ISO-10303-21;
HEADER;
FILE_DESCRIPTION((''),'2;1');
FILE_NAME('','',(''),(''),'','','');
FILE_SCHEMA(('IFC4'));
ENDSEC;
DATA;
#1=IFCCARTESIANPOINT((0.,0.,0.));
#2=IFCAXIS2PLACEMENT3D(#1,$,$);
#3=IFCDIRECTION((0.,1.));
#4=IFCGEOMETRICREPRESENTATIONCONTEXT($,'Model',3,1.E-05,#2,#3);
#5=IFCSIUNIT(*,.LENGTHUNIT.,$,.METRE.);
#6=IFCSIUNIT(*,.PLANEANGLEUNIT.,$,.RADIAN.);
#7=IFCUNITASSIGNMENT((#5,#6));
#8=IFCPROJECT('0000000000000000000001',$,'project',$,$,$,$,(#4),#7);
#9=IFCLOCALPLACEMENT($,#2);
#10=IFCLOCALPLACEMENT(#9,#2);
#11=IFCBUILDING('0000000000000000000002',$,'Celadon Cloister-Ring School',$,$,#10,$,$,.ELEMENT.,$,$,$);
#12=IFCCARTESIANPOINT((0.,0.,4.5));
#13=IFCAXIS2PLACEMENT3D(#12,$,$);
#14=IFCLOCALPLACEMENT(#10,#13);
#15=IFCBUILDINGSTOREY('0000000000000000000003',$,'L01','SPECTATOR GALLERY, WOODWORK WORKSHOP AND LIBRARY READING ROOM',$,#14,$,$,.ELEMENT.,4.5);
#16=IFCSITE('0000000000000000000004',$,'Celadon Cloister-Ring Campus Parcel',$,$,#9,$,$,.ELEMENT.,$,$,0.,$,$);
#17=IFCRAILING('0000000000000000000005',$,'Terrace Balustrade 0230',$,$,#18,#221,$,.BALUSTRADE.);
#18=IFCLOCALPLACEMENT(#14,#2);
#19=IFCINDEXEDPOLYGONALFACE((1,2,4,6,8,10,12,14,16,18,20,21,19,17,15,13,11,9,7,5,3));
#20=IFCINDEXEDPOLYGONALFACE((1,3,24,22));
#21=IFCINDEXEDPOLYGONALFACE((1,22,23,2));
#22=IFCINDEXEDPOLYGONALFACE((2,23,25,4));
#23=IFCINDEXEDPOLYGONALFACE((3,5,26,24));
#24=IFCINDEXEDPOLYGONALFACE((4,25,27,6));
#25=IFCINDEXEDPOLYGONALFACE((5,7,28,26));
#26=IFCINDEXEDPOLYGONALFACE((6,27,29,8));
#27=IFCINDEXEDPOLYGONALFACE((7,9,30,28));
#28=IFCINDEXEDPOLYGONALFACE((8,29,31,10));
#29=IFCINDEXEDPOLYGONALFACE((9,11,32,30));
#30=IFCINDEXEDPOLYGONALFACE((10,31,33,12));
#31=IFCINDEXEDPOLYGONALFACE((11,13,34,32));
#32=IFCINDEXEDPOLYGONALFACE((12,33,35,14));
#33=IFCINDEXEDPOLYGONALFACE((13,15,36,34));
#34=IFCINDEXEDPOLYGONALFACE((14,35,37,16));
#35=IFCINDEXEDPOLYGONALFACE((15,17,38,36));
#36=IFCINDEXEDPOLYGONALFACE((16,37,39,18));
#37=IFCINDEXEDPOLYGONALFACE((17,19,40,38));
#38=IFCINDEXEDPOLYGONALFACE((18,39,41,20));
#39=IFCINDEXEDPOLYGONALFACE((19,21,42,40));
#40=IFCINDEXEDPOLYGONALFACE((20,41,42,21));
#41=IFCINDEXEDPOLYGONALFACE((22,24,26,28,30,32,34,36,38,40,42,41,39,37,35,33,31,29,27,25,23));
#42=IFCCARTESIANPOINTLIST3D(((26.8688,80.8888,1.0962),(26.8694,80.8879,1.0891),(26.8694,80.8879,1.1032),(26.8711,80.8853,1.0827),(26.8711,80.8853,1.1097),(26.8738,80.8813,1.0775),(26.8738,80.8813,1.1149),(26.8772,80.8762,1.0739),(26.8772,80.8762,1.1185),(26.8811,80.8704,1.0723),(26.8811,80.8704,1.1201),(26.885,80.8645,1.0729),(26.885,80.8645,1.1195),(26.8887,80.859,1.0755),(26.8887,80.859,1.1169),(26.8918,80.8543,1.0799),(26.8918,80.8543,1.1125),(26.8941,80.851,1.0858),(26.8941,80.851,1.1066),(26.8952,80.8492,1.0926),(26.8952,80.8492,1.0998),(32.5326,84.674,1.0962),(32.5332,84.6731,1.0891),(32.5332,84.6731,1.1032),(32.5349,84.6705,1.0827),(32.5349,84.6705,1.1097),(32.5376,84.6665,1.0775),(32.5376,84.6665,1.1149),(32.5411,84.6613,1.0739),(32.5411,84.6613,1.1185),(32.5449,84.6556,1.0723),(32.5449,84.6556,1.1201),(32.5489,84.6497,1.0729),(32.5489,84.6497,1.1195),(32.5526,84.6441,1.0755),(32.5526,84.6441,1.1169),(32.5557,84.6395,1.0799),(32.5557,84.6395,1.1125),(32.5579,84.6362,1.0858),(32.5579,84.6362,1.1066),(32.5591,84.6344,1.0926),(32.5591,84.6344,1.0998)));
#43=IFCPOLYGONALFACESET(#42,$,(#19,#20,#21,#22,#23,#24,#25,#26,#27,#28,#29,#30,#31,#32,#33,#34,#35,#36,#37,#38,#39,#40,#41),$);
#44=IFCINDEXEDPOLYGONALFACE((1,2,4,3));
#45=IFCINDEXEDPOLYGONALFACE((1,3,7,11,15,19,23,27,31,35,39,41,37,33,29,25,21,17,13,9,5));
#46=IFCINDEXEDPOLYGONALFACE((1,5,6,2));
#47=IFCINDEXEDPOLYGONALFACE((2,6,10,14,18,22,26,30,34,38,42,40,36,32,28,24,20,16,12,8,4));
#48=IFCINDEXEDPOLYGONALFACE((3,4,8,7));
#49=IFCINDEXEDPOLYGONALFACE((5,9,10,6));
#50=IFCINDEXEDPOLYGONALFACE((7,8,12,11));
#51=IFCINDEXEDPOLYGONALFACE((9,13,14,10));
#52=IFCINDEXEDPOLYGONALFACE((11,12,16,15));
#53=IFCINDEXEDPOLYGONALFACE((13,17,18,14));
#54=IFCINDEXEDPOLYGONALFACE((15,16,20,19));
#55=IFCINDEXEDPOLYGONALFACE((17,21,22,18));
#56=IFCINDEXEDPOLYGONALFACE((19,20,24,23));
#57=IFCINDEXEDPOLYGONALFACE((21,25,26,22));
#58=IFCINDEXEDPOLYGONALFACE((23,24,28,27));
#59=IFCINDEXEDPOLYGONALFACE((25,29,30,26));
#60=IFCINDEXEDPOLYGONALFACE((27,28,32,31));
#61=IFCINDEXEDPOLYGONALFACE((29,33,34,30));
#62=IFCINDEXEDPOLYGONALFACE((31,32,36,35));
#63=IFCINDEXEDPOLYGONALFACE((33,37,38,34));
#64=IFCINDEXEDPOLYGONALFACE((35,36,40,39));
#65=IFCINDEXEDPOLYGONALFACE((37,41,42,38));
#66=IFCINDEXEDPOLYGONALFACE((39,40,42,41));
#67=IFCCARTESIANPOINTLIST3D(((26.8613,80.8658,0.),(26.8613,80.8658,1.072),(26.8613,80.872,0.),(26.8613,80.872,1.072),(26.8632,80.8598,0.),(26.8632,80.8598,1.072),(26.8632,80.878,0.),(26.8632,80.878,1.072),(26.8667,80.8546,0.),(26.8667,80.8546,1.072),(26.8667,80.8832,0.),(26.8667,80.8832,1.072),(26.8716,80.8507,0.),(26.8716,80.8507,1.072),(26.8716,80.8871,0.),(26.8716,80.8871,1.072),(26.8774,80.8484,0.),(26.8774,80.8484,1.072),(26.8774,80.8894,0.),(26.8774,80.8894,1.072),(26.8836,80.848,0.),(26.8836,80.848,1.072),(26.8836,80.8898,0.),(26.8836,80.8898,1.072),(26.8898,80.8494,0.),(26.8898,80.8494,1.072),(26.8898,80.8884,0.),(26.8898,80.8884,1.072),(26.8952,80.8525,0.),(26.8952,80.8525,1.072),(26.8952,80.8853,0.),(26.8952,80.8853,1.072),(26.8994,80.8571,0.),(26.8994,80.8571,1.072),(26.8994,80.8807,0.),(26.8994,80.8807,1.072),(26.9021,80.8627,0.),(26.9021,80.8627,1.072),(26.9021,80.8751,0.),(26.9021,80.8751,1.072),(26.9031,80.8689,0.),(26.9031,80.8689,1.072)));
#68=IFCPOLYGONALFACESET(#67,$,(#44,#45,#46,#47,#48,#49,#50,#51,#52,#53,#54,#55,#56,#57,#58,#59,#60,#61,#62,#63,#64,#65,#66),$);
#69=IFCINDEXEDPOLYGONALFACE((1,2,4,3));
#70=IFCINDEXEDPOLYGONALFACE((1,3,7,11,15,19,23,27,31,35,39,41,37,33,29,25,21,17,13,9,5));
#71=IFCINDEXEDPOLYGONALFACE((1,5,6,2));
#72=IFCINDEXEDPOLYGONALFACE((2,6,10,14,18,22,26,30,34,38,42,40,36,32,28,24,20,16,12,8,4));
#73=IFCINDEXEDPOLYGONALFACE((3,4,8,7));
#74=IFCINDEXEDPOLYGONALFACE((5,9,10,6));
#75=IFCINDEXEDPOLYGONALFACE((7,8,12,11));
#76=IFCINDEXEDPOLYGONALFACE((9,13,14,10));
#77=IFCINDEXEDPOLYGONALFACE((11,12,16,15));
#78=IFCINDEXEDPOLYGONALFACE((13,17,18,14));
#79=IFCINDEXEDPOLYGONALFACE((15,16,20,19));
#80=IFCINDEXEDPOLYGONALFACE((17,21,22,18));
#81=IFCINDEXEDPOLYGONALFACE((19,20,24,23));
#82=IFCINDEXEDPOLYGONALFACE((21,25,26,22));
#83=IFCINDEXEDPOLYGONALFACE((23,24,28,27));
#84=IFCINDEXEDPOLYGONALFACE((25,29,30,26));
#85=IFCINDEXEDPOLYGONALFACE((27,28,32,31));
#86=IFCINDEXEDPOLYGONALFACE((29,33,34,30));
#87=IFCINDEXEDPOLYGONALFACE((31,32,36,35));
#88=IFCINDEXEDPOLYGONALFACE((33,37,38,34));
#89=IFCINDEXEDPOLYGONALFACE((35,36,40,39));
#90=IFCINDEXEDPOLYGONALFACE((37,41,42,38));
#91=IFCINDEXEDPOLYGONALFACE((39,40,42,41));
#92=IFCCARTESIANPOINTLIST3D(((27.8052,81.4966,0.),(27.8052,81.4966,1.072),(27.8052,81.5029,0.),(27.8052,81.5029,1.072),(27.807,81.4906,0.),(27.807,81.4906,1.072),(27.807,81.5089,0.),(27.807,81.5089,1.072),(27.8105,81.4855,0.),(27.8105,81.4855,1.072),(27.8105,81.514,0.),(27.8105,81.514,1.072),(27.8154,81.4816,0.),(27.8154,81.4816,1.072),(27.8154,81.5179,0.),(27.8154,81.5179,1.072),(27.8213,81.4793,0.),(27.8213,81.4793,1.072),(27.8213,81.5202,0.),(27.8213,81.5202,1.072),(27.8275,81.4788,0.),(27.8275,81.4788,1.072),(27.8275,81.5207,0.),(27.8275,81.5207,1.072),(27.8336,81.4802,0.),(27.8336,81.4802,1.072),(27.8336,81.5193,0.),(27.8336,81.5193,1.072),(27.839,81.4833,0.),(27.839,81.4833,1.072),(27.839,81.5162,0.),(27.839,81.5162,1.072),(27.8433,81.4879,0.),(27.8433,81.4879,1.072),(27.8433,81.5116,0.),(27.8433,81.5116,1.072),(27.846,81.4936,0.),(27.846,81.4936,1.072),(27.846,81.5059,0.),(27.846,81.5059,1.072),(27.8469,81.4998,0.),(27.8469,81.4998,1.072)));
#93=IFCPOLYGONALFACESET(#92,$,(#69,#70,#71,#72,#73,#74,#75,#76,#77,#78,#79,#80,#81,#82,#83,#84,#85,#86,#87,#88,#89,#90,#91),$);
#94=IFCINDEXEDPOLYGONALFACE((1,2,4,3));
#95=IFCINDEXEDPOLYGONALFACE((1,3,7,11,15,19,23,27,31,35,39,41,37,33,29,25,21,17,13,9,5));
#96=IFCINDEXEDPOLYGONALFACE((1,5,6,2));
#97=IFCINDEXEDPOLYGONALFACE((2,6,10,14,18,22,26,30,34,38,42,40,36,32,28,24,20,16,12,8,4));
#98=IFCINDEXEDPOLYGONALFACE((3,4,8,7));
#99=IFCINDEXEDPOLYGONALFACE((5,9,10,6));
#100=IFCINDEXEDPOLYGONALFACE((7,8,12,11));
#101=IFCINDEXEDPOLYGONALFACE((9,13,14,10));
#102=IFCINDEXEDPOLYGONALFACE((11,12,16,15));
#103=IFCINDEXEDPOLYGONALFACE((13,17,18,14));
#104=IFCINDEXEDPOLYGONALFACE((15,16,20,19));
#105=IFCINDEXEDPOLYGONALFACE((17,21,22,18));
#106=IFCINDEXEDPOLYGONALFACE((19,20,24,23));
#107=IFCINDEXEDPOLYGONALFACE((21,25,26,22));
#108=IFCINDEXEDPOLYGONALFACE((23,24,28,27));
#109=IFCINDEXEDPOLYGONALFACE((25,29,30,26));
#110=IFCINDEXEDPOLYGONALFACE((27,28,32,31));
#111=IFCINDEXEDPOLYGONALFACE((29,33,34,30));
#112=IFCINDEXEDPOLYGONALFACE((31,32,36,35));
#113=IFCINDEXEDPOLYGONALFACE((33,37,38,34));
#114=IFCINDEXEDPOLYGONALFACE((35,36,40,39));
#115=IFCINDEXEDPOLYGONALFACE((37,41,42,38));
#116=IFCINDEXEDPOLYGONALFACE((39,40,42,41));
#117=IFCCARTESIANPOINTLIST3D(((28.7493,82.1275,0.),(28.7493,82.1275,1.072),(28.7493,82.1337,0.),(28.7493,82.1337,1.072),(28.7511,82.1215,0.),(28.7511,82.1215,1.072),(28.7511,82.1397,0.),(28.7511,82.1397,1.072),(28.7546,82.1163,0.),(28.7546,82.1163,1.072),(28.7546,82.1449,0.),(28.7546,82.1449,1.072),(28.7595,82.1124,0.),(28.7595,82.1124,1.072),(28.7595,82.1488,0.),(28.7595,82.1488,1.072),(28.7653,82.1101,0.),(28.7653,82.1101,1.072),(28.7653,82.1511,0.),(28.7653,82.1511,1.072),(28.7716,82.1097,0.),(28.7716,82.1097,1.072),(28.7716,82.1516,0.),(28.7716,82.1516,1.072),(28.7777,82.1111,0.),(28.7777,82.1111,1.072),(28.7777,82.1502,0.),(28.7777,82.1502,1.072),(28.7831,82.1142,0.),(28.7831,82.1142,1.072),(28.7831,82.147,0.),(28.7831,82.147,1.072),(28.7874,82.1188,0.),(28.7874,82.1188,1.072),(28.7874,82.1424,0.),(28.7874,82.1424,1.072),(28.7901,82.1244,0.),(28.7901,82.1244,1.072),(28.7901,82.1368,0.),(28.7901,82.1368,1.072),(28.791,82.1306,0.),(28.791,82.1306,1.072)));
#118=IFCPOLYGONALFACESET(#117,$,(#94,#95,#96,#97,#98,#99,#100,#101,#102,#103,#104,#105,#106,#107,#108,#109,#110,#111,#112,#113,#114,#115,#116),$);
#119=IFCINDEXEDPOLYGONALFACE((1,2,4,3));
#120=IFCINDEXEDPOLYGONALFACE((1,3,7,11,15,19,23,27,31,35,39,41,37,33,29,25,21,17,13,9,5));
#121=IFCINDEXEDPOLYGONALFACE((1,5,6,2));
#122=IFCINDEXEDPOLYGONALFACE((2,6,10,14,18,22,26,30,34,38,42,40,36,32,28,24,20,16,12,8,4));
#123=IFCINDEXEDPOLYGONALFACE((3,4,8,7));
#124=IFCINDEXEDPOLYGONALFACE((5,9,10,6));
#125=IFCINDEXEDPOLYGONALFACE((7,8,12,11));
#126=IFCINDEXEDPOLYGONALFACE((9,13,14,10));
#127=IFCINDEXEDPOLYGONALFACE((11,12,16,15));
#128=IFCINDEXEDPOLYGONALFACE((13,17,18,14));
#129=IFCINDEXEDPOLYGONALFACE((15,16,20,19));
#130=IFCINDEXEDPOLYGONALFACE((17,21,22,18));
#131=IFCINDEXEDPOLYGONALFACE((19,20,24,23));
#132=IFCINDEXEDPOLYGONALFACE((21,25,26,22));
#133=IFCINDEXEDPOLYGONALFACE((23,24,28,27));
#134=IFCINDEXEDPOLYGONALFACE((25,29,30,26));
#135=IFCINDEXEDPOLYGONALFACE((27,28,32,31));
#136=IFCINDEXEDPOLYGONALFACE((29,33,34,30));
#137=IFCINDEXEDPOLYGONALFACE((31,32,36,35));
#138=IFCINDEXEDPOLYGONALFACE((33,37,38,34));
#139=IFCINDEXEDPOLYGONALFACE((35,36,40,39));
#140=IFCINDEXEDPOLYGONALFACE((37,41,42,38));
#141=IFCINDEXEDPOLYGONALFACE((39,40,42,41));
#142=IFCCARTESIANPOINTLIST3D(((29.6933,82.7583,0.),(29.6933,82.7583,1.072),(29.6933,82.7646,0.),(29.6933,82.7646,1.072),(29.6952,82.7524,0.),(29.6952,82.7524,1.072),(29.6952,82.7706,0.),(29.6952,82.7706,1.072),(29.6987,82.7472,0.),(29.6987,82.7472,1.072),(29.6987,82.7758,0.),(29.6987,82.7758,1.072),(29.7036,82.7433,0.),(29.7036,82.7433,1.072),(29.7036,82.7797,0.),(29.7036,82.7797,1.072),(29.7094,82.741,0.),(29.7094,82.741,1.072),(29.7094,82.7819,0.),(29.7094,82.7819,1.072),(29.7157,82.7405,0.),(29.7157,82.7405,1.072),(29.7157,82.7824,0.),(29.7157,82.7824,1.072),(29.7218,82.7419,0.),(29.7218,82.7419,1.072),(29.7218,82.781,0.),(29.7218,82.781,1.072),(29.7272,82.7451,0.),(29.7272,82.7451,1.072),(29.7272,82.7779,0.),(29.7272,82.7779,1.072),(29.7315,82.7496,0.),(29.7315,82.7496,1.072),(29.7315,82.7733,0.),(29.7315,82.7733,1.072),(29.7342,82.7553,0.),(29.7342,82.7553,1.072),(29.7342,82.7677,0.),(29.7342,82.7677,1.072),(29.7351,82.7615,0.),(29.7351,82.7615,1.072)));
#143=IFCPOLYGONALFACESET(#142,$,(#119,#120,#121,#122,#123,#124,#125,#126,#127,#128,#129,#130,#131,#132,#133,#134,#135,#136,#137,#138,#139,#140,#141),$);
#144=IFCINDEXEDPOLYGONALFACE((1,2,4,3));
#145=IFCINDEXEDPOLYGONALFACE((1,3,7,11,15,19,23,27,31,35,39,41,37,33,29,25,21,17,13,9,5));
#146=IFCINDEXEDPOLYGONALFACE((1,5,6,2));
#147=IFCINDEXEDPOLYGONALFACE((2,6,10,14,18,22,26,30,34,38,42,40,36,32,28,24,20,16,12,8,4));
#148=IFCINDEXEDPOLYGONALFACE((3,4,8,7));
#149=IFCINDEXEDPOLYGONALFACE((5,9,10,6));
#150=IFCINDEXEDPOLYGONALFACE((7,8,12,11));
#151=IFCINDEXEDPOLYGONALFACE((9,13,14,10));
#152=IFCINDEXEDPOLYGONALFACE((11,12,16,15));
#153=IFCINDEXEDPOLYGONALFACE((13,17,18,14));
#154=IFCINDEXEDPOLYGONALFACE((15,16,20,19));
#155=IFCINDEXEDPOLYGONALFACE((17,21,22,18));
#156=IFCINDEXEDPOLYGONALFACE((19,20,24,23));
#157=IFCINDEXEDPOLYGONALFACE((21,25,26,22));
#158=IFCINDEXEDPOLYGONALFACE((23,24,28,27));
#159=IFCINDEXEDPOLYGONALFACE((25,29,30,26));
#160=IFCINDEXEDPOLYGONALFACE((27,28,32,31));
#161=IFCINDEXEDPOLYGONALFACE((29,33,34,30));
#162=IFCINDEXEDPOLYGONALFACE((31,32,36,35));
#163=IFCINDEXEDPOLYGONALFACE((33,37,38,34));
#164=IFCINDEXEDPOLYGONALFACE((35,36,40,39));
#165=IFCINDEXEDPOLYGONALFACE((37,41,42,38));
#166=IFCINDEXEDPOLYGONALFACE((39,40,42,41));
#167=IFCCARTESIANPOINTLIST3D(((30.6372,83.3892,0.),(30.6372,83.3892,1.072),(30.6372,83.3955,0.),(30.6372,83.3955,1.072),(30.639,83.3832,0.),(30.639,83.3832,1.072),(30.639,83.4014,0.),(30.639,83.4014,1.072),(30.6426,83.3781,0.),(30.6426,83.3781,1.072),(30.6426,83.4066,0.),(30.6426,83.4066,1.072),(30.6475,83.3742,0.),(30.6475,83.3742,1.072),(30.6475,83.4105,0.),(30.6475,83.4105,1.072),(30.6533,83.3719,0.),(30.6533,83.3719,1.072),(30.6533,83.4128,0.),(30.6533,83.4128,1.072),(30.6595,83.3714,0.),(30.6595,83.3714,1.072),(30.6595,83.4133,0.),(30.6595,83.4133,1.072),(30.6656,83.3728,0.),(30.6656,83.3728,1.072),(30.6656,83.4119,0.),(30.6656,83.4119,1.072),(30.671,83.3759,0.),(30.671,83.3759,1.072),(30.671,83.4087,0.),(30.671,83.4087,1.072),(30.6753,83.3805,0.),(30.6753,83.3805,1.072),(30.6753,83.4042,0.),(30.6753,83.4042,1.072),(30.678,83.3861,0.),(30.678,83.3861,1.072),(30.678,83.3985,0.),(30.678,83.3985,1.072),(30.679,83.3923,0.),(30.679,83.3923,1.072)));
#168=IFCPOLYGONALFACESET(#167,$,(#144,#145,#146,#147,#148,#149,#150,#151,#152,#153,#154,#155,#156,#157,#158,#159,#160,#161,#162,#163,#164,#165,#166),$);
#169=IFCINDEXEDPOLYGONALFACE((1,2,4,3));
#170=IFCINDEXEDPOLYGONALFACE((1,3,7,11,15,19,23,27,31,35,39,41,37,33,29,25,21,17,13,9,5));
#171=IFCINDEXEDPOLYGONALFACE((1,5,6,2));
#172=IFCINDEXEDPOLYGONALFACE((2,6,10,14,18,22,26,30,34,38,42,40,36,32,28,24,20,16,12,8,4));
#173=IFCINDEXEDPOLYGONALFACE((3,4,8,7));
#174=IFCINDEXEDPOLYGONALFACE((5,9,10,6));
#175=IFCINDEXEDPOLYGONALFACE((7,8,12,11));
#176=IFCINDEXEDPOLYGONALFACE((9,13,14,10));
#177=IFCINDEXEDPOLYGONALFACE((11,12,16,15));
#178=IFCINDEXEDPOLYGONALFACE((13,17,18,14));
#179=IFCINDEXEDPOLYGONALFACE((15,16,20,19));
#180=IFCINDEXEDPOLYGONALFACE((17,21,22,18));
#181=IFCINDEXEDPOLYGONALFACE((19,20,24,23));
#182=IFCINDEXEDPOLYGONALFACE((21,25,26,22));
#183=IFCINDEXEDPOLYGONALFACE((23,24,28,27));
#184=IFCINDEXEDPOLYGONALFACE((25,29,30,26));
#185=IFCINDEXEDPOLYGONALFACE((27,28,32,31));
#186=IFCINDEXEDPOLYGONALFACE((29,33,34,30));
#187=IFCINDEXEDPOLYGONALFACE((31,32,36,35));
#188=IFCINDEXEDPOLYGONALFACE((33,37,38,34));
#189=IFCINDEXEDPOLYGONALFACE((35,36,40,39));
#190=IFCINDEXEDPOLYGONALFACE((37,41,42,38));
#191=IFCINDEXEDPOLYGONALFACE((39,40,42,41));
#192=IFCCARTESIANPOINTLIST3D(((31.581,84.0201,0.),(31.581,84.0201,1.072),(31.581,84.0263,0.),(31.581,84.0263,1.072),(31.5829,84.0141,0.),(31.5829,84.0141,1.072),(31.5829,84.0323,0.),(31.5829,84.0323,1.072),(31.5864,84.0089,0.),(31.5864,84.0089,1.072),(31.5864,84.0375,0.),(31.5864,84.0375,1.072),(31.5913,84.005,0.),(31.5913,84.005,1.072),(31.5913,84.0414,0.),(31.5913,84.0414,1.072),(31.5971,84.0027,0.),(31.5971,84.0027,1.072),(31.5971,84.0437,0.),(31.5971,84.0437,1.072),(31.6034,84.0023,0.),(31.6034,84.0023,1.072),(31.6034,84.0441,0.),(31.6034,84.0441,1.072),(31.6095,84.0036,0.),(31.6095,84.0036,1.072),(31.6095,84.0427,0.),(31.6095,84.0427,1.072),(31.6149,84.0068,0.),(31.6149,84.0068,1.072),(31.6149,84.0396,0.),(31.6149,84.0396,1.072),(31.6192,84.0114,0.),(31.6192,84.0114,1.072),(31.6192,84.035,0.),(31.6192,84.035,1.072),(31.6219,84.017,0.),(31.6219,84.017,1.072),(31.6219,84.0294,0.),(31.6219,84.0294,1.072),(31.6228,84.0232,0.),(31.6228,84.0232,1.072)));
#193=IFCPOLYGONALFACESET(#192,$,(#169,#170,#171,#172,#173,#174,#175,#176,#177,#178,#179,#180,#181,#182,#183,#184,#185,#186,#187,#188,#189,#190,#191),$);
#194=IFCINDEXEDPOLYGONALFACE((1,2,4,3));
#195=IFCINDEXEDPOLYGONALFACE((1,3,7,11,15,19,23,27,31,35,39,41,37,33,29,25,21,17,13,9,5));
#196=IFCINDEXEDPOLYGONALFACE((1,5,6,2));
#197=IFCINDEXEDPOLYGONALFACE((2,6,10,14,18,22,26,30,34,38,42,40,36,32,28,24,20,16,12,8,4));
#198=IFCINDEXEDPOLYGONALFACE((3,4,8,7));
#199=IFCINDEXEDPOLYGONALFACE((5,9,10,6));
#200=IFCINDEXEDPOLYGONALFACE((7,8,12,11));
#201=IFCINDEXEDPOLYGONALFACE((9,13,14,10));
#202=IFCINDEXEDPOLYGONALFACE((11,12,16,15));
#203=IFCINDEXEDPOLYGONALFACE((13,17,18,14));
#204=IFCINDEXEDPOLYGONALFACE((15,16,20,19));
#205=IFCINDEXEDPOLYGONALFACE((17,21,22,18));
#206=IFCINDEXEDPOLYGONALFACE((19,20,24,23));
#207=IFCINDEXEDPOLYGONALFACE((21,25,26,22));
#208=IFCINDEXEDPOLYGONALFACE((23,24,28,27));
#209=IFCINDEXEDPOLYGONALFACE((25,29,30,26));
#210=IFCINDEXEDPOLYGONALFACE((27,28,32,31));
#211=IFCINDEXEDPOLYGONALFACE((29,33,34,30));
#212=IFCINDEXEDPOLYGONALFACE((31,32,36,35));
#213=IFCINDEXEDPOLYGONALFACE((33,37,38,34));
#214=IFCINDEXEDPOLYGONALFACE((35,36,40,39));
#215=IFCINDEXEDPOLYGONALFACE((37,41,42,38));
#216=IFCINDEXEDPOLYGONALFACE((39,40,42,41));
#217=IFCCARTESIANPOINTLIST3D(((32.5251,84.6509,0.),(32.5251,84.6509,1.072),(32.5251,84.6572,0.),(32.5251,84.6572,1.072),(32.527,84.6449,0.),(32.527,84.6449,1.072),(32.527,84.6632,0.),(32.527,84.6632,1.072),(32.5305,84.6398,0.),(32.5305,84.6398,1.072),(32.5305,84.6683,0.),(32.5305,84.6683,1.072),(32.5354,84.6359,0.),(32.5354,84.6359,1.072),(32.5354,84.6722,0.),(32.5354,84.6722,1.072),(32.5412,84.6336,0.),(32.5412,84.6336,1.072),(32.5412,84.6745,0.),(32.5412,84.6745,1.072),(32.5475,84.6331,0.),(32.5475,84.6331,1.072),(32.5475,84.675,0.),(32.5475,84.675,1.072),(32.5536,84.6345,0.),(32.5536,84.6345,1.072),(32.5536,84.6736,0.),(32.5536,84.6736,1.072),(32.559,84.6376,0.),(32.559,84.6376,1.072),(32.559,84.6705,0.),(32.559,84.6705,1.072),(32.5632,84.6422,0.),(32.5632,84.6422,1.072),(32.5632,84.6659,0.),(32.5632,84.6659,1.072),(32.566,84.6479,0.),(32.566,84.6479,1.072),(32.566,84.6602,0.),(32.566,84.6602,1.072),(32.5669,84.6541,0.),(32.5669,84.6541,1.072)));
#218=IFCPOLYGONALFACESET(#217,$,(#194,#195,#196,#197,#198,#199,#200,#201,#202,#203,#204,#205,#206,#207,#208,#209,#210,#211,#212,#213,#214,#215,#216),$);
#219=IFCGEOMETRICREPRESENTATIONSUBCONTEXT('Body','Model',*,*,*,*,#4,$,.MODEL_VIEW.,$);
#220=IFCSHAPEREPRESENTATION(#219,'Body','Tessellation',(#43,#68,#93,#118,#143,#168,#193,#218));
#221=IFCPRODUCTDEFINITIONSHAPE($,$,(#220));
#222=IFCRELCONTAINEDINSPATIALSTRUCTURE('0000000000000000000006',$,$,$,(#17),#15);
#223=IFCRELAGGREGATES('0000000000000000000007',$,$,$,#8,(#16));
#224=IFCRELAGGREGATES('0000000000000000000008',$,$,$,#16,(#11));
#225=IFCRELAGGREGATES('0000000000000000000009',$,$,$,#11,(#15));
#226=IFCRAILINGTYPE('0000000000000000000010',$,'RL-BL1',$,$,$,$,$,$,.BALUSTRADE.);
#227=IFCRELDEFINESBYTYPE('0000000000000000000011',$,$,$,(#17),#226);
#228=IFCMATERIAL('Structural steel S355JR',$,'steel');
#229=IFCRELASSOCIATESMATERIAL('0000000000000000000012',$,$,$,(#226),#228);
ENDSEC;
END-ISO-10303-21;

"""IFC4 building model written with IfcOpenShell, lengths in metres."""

from ifc_helpers import new_model, si_unit, direction, frame, origin, origin_2d, place, context, subcontext, project, spatial, circle, extrude, material, type_object, element, save


model = new_model("IFC4")

# Units and contexts
model_context = context("Model", 3, precision=1e-05, world=origin(), true_north=direction((0.0, 1.0)))
body_context = subcontext(model_context, "Body", "Model", "MODEL_VIEW")
ifc_project = project(units=[si_unit("LENGTHUNIT", "METRE"), si_unit("PLANEANGLEUNIT", "RADIAN")], contexts=[model_context])

# Site, building, storey
site_placement = place(None, origin())
site = spatial("IfcSite", under=ifc_project, at=site_placement, Name="Celadon Cloister-Ring Campus Parcel", CompositionType="ELEMENT", RefElevation=0.0)
building_placement = place(site_placement, origin())
building = spatial("IfcBuilding", under=site, at=building_placement, Name="Celadon Cloister-Ring School", CompositionType="ELEMENT")
storey_placement = place(building_placement, frame((0.0, 0.0, 4.5)))
storey = spatial("IfcBuildingStorey", under=building, at=storey_placement, Name="L01", Description="SPECTATOR GALLERY, WOODWORK WORKSHOP AND LIBRARY READING ROOM", CompositionType="ELEMENT", Elevation=4.5)

# Railing
ifc_material_1 = material(Name="Structural steel S355JR", Category="steel")
railing_type = type_object("IfcRailingType", Name="RL-BL1", PredefinedType="BALUSTRADE", material=ifc_material_1)
railing_1_placement = place(storey_placement, frame((26.8821, 80.8689, 0.0)))
element("IfcRailing", 1, at=railing_1_placement, inside=storey, type_object=railing_type, Name="Terrace Balustrade 0230", PredefinedType="BALUSTRADE", context=body_context, shape_type="SweptSolid", body=[
    extrude(circle(Radius=0.0239, at=origin_2d()), frame((0.0, 0.0, 1.0962), z_axis=(0.831421, 0.555643, 0.0), x_axis=(-0.555643, 0.831421, 0.0)), (0.0, 0.0, 1.0), 6.8123),
    extrude(circle(Radius=0.021, at=origin_2d()), origin(), (0.0, 0.0, 1.0), 1.072),
    extrude(circle(Radius=0.021, at=origin_2d()), frame((0.9438, 0.6309, 0.0)), (0.0, 0.0, 1.0), 1.072),
    extrude(circle(Radius=0.021, at=origin_2d()), frame((1.8879, 1.2617, 0.0)), (0.0, 0.0, 1.0), 1.072),
    extrude(circle(Radius=0.021, at=origin_2d()), frame((2.832, 1.8926, 0.0)), (0.0, 0.0, 1.0), 1.072),
    extrude(circle(Radius=0.021, at=origin_2d()), frame((3.7759, 2.5234, 0.0)), (0.0, 0.0, 1.0), 1.072),
    extrude(circle(Radius=0.021, at=origin_2d()), frame((4.7197, 3.1543, 0.0)), (0.0, 0.0, 1.0), 1.072),
    extrude(circle(Radius=0.021, at=origin_2d()), frame((5.6638, 3.7852, 0.0)), (0.0, 0.0, 1.0), 1.072),
])

save(model, "model.ifc")
